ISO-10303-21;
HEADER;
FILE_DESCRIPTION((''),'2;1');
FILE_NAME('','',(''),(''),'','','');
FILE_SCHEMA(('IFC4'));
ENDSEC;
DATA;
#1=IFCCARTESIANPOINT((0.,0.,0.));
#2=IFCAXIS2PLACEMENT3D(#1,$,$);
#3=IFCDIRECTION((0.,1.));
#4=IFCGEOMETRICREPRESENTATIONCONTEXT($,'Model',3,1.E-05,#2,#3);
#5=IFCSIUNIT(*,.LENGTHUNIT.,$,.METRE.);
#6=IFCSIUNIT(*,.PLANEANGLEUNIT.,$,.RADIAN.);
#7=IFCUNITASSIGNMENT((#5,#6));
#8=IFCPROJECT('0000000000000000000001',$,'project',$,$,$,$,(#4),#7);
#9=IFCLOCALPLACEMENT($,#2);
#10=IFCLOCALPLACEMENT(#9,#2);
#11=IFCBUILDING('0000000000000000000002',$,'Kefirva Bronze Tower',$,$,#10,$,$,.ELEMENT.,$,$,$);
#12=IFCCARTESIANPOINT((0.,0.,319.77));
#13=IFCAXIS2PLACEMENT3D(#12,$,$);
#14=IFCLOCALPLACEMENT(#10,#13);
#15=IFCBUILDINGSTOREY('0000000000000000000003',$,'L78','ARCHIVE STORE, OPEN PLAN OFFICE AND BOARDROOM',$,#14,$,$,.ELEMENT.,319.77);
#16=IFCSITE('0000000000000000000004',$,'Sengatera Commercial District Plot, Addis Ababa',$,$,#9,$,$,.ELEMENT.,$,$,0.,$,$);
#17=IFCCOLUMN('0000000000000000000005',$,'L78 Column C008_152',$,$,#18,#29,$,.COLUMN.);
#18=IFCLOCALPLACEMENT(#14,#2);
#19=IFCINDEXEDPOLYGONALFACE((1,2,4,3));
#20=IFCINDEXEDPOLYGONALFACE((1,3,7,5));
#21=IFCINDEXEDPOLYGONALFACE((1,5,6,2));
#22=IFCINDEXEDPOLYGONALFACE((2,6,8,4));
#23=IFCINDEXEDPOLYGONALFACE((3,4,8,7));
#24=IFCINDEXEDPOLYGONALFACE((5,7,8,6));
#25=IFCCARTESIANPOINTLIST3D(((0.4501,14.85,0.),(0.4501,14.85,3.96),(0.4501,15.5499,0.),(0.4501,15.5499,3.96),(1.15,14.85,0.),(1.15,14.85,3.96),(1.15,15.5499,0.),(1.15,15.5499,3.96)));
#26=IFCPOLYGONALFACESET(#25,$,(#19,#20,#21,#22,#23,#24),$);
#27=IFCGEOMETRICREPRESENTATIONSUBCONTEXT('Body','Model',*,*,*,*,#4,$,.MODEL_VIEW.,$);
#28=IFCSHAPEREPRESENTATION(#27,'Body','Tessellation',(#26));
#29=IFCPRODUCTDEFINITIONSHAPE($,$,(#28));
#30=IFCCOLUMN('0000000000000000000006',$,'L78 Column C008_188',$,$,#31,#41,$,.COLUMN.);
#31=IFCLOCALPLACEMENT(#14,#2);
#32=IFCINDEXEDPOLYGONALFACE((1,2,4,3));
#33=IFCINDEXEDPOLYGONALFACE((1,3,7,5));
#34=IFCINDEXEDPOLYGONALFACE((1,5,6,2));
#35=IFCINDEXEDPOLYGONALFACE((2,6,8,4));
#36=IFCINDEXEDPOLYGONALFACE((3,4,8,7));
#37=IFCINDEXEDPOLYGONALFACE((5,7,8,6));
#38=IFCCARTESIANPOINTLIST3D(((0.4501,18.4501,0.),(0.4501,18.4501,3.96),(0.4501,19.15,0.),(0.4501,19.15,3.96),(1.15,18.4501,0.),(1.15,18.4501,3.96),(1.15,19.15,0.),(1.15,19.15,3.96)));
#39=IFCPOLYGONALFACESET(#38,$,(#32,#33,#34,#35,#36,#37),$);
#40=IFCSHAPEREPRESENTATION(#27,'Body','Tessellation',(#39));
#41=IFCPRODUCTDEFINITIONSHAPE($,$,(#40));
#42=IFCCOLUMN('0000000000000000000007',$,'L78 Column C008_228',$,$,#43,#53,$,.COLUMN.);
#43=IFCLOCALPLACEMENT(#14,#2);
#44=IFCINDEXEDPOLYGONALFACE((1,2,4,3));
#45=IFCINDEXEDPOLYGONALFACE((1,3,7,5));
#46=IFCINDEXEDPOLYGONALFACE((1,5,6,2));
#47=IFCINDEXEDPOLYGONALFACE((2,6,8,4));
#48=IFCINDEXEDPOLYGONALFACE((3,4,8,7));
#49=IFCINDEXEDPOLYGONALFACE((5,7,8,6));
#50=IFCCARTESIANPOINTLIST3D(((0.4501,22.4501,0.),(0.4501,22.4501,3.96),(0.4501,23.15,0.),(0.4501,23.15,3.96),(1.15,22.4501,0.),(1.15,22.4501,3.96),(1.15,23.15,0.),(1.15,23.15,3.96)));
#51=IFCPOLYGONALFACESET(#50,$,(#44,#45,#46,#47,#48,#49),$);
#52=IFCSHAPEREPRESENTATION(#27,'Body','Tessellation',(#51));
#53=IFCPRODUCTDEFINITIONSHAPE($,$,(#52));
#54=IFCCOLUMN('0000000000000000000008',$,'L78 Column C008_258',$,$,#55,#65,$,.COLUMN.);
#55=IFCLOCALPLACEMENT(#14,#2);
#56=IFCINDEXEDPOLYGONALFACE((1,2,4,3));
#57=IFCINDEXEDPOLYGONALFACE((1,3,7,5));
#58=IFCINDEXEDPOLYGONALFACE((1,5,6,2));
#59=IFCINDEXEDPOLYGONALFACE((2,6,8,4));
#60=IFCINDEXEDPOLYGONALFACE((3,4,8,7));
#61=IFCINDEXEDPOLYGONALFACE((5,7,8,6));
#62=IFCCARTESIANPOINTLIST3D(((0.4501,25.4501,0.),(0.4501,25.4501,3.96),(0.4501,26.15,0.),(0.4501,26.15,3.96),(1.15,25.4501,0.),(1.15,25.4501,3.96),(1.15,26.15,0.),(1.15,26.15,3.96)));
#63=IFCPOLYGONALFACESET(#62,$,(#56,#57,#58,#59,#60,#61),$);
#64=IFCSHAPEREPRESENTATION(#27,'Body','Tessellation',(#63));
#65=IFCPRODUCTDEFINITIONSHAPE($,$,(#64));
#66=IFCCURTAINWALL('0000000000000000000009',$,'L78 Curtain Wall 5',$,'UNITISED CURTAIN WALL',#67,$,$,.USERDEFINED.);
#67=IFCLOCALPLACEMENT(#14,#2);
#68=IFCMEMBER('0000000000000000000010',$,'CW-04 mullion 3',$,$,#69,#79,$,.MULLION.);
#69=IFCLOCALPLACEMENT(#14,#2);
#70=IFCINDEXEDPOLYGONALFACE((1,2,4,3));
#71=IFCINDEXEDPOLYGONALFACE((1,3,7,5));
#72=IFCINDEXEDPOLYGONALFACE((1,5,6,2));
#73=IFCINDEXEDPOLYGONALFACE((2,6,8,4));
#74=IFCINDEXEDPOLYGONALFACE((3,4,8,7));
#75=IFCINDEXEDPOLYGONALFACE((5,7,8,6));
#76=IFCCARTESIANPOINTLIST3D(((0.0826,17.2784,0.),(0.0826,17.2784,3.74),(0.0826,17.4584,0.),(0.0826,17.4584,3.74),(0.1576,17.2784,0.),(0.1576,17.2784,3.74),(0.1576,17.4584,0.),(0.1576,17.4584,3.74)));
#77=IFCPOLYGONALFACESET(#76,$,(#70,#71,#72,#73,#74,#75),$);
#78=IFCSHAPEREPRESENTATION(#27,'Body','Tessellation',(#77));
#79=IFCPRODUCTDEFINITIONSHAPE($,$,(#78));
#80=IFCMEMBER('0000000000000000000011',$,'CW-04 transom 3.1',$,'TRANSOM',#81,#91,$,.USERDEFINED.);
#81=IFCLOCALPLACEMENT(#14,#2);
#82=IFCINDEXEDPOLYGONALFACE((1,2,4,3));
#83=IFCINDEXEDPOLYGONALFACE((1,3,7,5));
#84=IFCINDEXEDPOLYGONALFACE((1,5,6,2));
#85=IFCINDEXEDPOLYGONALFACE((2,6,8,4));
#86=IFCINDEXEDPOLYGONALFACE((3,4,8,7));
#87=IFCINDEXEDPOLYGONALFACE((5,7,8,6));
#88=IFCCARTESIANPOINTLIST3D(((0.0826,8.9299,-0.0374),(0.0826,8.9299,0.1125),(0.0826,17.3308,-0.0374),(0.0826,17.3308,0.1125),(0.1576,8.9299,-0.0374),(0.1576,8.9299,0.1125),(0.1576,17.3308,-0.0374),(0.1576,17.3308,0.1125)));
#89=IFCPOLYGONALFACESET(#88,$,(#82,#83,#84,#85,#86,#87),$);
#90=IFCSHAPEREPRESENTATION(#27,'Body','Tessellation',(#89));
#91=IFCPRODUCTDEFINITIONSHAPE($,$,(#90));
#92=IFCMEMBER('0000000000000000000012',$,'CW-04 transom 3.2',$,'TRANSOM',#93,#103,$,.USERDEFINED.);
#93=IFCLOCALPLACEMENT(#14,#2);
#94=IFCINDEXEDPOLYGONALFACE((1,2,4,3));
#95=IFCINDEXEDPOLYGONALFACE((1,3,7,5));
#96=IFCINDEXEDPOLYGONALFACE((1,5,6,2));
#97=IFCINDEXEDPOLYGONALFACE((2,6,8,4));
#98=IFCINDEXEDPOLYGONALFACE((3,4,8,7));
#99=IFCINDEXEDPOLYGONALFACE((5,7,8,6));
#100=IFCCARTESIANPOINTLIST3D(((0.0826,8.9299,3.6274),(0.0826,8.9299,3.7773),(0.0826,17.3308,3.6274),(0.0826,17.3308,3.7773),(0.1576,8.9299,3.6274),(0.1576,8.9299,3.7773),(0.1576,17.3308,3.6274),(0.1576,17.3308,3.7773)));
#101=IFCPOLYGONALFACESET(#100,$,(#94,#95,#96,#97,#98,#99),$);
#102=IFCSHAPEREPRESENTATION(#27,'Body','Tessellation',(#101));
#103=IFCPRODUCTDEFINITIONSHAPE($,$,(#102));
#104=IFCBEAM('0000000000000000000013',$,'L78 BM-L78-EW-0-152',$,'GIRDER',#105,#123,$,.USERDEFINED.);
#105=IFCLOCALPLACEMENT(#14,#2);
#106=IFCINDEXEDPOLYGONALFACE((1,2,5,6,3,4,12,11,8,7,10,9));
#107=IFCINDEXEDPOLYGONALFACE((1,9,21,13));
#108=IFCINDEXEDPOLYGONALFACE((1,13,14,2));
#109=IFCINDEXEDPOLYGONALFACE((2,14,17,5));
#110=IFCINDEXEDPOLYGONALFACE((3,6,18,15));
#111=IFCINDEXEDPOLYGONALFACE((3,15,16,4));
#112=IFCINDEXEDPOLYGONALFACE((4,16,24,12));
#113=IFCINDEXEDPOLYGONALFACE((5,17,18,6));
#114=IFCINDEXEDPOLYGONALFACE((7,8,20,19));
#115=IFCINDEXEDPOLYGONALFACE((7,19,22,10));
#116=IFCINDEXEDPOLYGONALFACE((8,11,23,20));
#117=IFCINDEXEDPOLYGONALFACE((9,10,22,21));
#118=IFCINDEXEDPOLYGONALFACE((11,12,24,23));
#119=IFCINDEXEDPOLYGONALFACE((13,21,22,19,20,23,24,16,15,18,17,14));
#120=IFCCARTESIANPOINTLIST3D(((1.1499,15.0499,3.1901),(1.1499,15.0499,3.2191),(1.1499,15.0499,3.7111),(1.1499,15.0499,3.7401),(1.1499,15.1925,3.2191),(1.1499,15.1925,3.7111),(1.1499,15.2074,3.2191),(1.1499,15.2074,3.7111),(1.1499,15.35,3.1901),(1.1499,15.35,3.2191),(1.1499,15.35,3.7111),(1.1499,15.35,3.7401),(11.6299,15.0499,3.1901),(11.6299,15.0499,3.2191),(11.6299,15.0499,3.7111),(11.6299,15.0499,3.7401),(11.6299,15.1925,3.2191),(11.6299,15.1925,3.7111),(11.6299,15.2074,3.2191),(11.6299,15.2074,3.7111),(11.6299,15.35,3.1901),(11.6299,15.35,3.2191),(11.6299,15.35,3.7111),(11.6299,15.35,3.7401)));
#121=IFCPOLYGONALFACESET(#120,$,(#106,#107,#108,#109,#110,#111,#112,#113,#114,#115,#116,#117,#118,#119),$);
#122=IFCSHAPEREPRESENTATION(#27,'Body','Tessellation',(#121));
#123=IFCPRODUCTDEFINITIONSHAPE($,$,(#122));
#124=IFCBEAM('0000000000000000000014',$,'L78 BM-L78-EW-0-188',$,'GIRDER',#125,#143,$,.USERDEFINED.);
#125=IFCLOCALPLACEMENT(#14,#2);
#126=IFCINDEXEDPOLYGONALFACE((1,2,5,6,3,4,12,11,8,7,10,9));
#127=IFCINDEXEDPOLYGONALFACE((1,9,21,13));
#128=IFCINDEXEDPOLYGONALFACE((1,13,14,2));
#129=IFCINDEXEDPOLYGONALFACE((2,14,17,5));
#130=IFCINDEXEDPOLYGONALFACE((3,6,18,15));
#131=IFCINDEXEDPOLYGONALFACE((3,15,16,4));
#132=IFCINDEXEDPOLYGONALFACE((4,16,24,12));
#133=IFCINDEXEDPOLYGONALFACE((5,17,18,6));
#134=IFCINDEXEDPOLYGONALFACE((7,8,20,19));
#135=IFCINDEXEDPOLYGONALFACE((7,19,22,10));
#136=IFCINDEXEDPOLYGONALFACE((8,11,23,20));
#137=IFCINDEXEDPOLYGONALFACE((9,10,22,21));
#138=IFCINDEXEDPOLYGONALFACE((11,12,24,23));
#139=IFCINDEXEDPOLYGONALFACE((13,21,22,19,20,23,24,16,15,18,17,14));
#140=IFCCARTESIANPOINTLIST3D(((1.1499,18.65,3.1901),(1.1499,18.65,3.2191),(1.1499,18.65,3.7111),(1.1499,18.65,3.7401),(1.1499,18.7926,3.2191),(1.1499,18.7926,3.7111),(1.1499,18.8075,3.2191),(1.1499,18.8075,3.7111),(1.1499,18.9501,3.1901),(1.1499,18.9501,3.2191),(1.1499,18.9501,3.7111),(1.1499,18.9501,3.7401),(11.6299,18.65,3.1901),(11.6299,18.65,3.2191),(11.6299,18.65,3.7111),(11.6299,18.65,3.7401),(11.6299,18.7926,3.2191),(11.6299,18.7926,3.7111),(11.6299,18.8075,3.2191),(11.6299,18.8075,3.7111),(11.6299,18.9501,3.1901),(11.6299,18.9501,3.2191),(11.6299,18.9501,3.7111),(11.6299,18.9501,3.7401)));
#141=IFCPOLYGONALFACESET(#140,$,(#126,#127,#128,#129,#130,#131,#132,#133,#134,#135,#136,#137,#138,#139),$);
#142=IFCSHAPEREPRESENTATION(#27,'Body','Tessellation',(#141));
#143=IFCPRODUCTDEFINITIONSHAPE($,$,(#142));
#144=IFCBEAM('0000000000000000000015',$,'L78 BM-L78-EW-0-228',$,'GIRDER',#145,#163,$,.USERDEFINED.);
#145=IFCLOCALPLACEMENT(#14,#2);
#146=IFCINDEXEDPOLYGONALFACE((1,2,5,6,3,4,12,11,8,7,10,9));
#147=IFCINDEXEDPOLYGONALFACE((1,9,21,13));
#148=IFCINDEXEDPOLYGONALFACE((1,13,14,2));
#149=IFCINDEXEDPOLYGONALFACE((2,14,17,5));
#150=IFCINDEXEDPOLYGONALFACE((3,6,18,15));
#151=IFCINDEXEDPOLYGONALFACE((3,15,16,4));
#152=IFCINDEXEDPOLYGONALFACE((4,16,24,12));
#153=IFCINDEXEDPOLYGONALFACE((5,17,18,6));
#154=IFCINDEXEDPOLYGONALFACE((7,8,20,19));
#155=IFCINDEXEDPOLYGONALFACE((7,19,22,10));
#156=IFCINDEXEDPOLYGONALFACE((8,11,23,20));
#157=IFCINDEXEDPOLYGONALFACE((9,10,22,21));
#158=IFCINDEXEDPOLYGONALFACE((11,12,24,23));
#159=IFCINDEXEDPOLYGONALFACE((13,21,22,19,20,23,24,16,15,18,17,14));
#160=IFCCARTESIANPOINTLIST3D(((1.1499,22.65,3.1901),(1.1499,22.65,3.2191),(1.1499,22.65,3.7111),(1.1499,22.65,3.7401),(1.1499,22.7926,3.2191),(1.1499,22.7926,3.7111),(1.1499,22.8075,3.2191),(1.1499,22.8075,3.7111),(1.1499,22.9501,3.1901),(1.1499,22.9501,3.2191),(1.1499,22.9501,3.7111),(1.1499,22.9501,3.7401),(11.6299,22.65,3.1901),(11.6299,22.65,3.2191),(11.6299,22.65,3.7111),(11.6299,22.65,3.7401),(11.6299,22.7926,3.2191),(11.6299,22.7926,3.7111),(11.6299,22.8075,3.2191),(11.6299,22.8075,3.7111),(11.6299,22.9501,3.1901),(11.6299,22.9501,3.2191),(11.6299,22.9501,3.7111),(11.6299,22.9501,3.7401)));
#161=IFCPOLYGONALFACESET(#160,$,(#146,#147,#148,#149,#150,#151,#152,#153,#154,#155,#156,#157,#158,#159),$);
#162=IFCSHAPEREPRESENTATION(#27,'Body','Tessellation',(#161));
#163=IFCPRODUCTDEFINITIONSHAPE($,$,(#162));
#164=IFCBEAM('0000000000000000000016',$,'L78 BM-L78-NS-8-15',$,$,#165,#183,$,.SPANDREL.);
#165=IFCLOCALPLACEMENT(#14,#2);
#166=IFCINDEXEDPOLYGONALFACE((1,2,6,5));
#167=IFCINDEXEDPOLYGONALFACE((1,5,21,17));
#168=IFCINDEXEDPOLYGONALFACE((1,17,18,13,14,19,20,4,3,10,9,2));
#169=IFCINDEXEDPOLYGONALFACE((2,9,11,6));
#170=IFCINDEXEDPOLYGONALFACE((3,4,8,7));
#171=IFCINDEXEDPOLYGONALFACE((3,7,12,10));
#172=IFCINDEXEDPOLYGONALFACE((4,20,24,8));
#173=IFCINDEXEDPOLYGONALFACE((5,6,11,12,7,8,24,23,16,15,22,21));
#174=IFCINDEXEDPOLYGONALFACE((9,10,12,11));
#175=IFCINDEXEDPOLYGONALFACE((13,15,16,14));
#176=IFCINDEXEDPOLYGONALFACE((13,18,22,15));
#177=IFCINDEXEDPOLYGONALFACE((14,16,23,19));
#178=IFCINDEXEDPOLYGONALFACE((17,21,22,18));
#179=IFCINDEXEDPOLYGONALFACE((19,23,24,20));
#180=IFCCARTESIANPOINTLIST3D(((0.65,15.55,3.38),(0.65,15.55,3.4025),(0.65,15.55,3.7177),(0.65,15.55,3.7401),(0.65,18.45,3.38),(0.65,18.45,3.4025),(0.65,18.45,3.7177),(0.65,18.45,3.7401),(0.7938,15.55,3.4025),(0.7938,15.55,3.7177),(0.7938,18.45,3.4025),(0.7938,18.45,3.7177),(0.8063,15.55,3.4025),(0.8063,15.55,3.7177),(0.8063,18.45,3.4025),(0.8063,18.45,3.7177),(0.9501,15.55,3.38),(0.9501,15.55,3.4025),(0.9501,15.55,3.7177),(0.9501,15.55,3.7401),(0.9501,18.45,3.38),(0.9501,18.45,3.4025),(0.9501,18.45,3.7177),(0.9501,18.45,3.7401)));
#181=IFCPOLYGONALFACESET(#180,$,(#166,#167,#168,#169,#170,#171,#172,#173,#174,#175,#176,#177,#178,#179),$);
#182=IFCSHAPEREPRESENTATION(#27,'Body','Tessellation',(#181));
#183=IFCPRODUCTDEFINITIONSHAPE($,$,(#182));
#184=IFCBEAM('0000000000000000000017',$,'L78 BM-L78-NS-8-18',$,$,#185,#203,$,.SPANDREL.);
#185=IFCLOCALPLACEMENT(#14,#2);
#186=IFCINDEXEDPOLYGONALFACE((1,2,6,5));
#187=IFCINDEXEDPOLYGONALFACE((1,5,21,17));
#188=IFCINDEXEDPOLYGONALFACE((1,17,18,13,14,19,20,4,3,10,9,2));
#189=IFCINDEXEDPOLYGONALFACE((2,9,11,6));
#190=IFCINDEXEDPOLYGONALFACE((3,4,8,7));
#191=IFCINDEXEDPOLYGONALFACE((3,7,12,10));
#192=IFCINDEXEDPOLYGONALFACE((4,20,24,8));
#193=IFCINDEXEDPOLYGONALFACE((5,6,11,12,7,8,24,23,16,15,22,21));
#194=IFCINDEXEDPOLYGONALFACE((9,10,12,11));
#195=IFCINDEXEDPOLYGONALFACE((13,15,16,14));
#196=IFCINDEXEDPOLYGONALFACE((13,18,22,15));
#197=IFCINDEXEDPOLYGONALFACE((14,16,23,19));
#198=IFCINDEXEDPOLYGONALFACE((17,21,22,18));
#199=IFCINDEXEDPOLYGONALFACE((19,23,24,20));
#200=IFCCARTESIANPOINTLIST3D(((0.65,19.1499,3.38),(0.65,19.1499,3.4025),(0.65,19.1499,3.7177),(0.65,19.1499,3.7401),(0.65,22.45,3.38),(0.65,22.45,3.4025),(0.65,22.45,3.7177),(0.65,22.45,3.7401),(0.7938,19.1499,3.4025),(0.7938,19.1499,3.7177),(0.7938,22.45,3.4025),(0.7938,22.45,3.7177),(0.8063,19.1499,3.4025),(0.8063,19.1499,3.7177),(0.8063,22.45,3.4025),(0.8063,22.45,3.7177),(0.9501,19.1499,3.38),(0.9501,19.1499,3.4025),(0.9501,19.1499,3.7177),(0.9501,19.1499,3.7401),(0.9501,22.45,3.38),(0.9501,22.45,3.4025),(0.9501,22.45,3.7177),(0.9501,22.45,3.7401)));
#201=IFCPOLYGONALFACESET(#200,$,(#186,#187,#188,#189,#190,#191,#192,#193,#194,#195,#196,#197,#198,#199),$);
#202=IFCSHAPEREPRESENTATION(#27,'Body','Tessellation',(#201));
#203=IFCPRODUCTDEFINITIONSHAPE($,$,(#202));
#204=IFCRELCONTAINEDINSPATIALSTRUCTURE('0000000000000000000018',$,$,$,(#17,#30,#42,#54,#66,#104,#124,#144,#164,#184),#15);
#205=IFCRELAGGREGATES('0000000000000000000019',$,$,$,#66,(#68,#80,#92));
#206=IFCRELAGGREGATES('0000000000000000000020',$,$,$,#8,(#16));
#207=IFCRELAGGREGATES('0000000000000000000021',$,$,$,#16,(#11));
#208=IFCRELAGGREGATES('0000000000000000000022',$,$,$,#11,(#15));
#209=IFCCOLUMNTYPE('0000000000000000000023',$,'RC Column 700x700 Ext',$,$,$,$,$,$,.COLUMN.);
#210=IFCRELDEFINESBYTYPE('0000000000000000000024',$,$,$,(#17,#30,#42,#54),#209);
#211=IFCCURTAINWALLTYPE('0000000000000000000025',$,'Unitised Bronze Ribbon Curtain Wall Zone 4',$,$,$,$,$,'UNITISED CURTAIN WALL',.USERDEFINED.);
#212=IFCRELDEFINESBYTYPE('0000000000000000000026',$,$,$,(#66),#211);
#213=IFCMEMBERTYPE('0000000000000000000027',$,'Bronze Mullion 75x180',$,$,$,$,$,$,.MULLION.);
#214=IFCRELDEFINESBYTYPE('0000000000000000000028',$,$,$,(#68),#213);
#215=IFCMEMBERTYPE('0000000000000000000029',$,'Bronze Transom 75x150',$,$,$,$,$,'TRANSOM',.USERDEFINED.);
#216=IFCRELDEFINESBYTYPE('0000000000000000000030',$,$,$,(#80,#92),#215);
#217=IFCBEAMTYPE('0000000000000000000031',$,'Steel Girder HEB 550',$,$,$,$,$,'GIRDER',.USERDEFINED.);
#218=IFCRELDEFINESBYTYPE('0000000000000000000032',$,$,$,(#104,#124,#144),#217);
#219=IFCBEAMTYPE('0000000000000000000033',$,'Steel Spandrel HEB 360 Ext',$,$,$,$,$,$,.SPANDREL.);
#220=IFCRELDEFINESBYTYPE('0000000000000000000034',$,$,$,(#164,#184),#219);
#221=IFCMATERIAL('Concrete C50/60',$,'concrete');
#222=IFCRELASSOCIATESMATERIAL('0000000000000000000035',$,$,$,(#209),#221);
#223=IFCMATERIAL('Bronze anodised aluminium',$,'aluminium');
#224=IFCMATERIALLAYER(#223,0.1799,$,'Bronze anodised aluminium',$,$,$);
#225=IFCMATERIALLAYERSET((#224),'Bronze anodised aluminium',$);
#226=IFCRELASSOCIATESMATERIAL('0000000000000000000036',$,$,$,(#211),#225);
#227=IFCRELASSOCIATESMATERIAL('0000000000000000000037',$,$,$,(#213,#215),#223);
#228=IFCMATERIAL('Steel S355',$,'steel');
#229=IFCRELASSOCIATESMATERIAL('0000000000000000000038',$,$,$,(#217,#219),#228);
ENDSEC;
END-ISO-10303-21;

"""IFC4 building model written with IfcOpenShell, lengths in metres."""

from ifc_helpers import new_model, si_unit, direction, frame, origin, origin_2d, place, context, subcontext, project, spatial, rectangle, i_section, extrude, material, layer, layer_set, material_profile, profile_set, type_object, element, aggregate, save


model = new_model("IFC4")

# Units and contexts
model_context = context("Model", 3, precision=1e-05, world=origin(), true_north=direction((0.0, 1.0)))
body_context = subcontext(model_context, "Body", "Model", "MODEL_VIEW")
ifc_project = project(units=[si_unit("LENGTHUNIT", "METRE"), si_unit("PLANEANGLEUNIT", "RADIAN")], contexts=[model_context])

# Site, building, storey
site_placement = place(None, origin())
site = spatial("IfcSite", under=ifc_project, at=site_placement, Name="Sengatera Commercial District Plot, Addis Ababa", CompositionType="ELEMENT", RefElevation=0.0)
building_placement = place(site_placement, origin())
building = spatial("IfcBuilding", under=site, at=building_placement, Name="Kefirva Bronze Tower", CompositionType="ELEMENT")
storey_placement = place(building_placement, frame((0.0, 0.0, 319.77)))
storey = spatial("IfcBuildingStorey", under=building, at=storey_placement, Name="L78", Description="ARCHIVE STORE, OPEN PLAN OFFICE AND BOARDROOM", CompositionType="ELEMENT", Elevation=319.77)

# Columns
ifc_material_1 = material(Name="Concrete C50/60", Category="concrete")
ifc_material_profile_1 = material_profile(ifc_material_1, rectangle(XDim=0.7, YDim=0.7, at=origin_2d()), Name="RC 700x700")
ifc_profile_set_1 = profile_set([ifc_material_profile_1], Name="Concrete C50/60")
column_type = type_object("IfcColumnType", Name="RC Column 700x700 Ext", PredefinedType="COLUMN", material=ifc_profile_set_1)
for number, where, z_axis, x_axis, name in (
    (1, (0.8, 15.2, 0.0), (0.0, 0.0, 1.0), (1.0, 0.0, 0.0), "L78 Column C008_152"),
    (2, (0.8, 18.8, 0.0), (0.0, 0.0, 1.0), (1.0, 0.0, 0.0), "L78 Column C008_188"),
    (3, (0.8, 22.8, 0.0), (0.0, 0.0, 1.0), (1.0, 0.0, 0.0), "L78 Column C008_228"),
    (4, (0.8, 25.8, 0.0), (0.0, 0.0, 1.0), (1.0, 0.0, 0.0), "L78 Column C008_258"),
):
    element("IfcColumn", number, at=place(storey_placement, frame(where, z_axis=z_axis, x_axis=x_axis)), inside=storey, type_object=column_type, Name=name, PredefinedType="COLUMN", context=body_context, shape_type="SweptSolid", body=[
        extrude(rectangle(XDim=0.7, YDim=0.7, at=origin_2d()), origin(), (0.0, 0.0, 1.0), 3.96),
    ])

# Curtain wall, members
ifc_material_2 = material(Name="Bronze anodised aluminium", Category="aluminium")
ifc_layer_1 = layer(ifc_material_2, 0.1799, Name="Bronze anodised aluminium")
ifc_layer_set_1 = layer_set([ifc_layer_1], Name="Bronze anodised aluminium")
curtain_wall_type = type_object("IfcCurtainWallType", Name="Unitised Bronze Ribbon Curtain Wall Zone 4", ElementType="UNITISED CURTAIN WALL", PredefinedType="USERDEFINED", material=ifc_layer_set_1)
curtain_wall_placement = place(storey_placement, origin())
curtain_wall = element("IfcCurtainWall", 5, at=curtain_wall_placement, inside=storey, type_object=curtain_wall_type, Name="L78 Curtain Wall 5", ObjectType="UNITISED CURTAIN WALL", PredefinedType="USERDEFINED")
ifc_material_profile_2 = material_profile(ifc_material_2, rectangle(XDim=0.075, YDim=0.1799, at=origin_2d()), Name="ALU 75x180")
ifc_profile_set_2 = profile_set([ifc_material_profile_2], Name="Bronze anodised aluminium")
member_type_1 = type_object("IfcMemberType", Name="Bronze Mullion 75x180", PredefinedType="MULLION", material=ifc_profile_set_2)
member_1_placement = place(storey_placement, frame((0.1201, 17.3684, 0.0), z_axis=(0.0, 0.0, 1.0), x_axis=(1.0, 0.0, 0.0)))
member_1 = element("IfcMember", 6, at=member_1_placement, type_object=member_type_1, Name="CW-04 mullion 3", PredefinedType="MULLION", context=body_context, shape_type="SweptSolid", body=[
    extrude(rectangle(XDim=0.075, YDim=0.1799, at=origin_2d()), origin(), (0.0, 0.0, 1.0), 3.74),
])
ifc_material_profile_3 = material_profile(ifc_material_2, rectangle(XDim=0.075, YDim=0.1499, at=origin_2d()), Name="ALU 75x150")
ifc_profile_set_3 = profile_set([ifc_material_profile_3], Name="Bronze anodised aluminium")
member_type_2 = type_object("IfcMemberType", Name="Bronze Transom 75x150", ElementType="TRANSOM", PredefinedType="USERDEFINED", material=ifc_profile_set_3)
member_2_placement = place(storey_placement, frame((0.1201, 17.3308, 0.0376), z_axis=(0.0, -1.0, 0.0), x_axis=(1.0, 0.0, 0.0)))
member_2 = element("IfcMember", 7, at=member_2_placement, type_object=member_type_2, Name="CW-04 transom 3.1", ObjectType="TRANSOM", PredefinedType="USERDEFINED", context=body_context, shape_type="SweptSolid", body=[
    extrude(rectangle(XDim=0.075, YDim=0.1499, at=origin_2d()), origin(), (0.0, 0.0, 1.0), 8.4009),
])
member_3_placement = place(storey_placement, frame((0.1201, 17.3308, 3.7024), z_axis=(0.0, -1.0, 0.0), x_axis=(1.0, 0.0, 0.0)))
member_3 = element("IfcMember", 8, at=member_3_placement, type_object=member_type_2, Name="CW-04 transom 3.2", ObjectType="TRANSOM", PredefinedType="USERDEFINED", context=body_context, shape_type="SweptSolid", body=[
    extrude(rectangle(XDim=0.075, YDim=0.1499, at=origin_2d()), origin(), (0.0, 0.0, 1.0), 8.4009),
])

# Beams
ifc_material_3 = material(Name="Steel S355", Category="steel")
ifc_material_profile_4 = material_profile(ifc_material_3, i_section(OverallWidth=0.3, OverallDepth=0.55, WebThickness=0.0149, FlangeThickness=0.0291, at=origin_2d()), Name="HEB 550")
ifc_profile_set_4 = profile_set([ifc_material_profile_4], Name="Steel S355")
beam_type_1 = type_object("IfcBeamType", Name="Steel Girder HEB 550", ElementType="GIRDER", PredefinedType="USERDEFINED", material=ifc_profile_set_4)
for number, where, z_axis, x_axis, name in (
    (9, (1.1499, 15.2, 3.4651), (1.0, 0.0, 0.0), (0.0, 1.0, 0.0), "L78 BM-L78-EW-0-152"),
    (10, (1.1499, 18.8, 3.4651), (1.0, 0.0, 0.0), (0.0, 1.0, 0.0), "L78 BM-L78-EW-0-188"),
    (11, (1.1499, 22.8, 3.4651), (1.0, 0.0, 0.0), (0.0, 1.0, 0.0), "L78 BM-L78-EW-0-228"),
):
    element("IfcBeam", number, at=place(storey_placement, frame(where, z_axis=z_axis, x_axis=x_axis)), inside=storey, type_object=beam_type_1, Name=name, ObjectType="GIRDER", PredefinedType="USERDEFINED", context=body_context, shape_type="SweptSolid", body=[
        extrude(i_section(OverallWidth=0.3, OverallDepth=0.55, WebThickness=0.0149, FlangeThickness=0.0291, at=origin_2d()), origin(), (0.0, 0.0, 1.0), 10.48),
    ])
ifc_material_profile_5 = material_profile(ifc_material_3, i_section(OverallWidth=0.3, OverallDepth=0.3601, WebThickness=0.0125, FlangeThickness=0.0225, at=origin_2d()), Name="HEB 360")
ifc_profile_set_5 = profile_set([ifc_material_profile_5], Name="Steel S355")
beam_type_2 = type_object("IfcBeamType", Name="Steel Spandrel HEB 360 Ext", PredefinedType="SPANDREL", material=ifc_profile_set_5)
beam_1_placement = place(storey_placement, frame((0.8, 15.55, 3.5601), z_axis=(0.0, 1.0, 0.0), x_axis=(-1.0, 0.0, 0.0)))
element("IfcBeam", 12, at=beam_1_placement, inside=storey, type_object=beam_type_2, Name="L78 BM-L78-NS-8-15", PredefinedType="SPANDREL", context=body_context, shape_type="SweptSolid", body=[
    extrude(i_section(OverallWidth=0.3, OverallDepth=0.3601, WebThickness=0.0125, FlangeThickness=0.0225, at=origin_2d()), origin(), (0.0, 0.0, 1.0), 2.8999),
])
beam_2_placement = place(storey_placement, frame((0.8, 19.1499, 3.5601), z_axis=(0.0, 1.0, 0.0), x_axis=(-1.0, 0.0, 0.0)))
element("IfcBeam", 13, at=beam_2_placement, inside=storey, type_object=beam_type_2, Name="L78 BM-L78-NS-8-18", PredefinedType="SPANDREL", context=body_context, shape_type="SweptSolid", body=[
    extrude(i_section(OverallWidth=0.3, OverallDepth=0.3601, WebThickness=0.0125, FlangeThickness=0.0225, at=origin_2d()), origin(), (0.0, 0.0, 1.0), 3.3),
])

aggregate(curtain_wall, [member_1, member_2, member_3])

save(model, "model.ifc")
